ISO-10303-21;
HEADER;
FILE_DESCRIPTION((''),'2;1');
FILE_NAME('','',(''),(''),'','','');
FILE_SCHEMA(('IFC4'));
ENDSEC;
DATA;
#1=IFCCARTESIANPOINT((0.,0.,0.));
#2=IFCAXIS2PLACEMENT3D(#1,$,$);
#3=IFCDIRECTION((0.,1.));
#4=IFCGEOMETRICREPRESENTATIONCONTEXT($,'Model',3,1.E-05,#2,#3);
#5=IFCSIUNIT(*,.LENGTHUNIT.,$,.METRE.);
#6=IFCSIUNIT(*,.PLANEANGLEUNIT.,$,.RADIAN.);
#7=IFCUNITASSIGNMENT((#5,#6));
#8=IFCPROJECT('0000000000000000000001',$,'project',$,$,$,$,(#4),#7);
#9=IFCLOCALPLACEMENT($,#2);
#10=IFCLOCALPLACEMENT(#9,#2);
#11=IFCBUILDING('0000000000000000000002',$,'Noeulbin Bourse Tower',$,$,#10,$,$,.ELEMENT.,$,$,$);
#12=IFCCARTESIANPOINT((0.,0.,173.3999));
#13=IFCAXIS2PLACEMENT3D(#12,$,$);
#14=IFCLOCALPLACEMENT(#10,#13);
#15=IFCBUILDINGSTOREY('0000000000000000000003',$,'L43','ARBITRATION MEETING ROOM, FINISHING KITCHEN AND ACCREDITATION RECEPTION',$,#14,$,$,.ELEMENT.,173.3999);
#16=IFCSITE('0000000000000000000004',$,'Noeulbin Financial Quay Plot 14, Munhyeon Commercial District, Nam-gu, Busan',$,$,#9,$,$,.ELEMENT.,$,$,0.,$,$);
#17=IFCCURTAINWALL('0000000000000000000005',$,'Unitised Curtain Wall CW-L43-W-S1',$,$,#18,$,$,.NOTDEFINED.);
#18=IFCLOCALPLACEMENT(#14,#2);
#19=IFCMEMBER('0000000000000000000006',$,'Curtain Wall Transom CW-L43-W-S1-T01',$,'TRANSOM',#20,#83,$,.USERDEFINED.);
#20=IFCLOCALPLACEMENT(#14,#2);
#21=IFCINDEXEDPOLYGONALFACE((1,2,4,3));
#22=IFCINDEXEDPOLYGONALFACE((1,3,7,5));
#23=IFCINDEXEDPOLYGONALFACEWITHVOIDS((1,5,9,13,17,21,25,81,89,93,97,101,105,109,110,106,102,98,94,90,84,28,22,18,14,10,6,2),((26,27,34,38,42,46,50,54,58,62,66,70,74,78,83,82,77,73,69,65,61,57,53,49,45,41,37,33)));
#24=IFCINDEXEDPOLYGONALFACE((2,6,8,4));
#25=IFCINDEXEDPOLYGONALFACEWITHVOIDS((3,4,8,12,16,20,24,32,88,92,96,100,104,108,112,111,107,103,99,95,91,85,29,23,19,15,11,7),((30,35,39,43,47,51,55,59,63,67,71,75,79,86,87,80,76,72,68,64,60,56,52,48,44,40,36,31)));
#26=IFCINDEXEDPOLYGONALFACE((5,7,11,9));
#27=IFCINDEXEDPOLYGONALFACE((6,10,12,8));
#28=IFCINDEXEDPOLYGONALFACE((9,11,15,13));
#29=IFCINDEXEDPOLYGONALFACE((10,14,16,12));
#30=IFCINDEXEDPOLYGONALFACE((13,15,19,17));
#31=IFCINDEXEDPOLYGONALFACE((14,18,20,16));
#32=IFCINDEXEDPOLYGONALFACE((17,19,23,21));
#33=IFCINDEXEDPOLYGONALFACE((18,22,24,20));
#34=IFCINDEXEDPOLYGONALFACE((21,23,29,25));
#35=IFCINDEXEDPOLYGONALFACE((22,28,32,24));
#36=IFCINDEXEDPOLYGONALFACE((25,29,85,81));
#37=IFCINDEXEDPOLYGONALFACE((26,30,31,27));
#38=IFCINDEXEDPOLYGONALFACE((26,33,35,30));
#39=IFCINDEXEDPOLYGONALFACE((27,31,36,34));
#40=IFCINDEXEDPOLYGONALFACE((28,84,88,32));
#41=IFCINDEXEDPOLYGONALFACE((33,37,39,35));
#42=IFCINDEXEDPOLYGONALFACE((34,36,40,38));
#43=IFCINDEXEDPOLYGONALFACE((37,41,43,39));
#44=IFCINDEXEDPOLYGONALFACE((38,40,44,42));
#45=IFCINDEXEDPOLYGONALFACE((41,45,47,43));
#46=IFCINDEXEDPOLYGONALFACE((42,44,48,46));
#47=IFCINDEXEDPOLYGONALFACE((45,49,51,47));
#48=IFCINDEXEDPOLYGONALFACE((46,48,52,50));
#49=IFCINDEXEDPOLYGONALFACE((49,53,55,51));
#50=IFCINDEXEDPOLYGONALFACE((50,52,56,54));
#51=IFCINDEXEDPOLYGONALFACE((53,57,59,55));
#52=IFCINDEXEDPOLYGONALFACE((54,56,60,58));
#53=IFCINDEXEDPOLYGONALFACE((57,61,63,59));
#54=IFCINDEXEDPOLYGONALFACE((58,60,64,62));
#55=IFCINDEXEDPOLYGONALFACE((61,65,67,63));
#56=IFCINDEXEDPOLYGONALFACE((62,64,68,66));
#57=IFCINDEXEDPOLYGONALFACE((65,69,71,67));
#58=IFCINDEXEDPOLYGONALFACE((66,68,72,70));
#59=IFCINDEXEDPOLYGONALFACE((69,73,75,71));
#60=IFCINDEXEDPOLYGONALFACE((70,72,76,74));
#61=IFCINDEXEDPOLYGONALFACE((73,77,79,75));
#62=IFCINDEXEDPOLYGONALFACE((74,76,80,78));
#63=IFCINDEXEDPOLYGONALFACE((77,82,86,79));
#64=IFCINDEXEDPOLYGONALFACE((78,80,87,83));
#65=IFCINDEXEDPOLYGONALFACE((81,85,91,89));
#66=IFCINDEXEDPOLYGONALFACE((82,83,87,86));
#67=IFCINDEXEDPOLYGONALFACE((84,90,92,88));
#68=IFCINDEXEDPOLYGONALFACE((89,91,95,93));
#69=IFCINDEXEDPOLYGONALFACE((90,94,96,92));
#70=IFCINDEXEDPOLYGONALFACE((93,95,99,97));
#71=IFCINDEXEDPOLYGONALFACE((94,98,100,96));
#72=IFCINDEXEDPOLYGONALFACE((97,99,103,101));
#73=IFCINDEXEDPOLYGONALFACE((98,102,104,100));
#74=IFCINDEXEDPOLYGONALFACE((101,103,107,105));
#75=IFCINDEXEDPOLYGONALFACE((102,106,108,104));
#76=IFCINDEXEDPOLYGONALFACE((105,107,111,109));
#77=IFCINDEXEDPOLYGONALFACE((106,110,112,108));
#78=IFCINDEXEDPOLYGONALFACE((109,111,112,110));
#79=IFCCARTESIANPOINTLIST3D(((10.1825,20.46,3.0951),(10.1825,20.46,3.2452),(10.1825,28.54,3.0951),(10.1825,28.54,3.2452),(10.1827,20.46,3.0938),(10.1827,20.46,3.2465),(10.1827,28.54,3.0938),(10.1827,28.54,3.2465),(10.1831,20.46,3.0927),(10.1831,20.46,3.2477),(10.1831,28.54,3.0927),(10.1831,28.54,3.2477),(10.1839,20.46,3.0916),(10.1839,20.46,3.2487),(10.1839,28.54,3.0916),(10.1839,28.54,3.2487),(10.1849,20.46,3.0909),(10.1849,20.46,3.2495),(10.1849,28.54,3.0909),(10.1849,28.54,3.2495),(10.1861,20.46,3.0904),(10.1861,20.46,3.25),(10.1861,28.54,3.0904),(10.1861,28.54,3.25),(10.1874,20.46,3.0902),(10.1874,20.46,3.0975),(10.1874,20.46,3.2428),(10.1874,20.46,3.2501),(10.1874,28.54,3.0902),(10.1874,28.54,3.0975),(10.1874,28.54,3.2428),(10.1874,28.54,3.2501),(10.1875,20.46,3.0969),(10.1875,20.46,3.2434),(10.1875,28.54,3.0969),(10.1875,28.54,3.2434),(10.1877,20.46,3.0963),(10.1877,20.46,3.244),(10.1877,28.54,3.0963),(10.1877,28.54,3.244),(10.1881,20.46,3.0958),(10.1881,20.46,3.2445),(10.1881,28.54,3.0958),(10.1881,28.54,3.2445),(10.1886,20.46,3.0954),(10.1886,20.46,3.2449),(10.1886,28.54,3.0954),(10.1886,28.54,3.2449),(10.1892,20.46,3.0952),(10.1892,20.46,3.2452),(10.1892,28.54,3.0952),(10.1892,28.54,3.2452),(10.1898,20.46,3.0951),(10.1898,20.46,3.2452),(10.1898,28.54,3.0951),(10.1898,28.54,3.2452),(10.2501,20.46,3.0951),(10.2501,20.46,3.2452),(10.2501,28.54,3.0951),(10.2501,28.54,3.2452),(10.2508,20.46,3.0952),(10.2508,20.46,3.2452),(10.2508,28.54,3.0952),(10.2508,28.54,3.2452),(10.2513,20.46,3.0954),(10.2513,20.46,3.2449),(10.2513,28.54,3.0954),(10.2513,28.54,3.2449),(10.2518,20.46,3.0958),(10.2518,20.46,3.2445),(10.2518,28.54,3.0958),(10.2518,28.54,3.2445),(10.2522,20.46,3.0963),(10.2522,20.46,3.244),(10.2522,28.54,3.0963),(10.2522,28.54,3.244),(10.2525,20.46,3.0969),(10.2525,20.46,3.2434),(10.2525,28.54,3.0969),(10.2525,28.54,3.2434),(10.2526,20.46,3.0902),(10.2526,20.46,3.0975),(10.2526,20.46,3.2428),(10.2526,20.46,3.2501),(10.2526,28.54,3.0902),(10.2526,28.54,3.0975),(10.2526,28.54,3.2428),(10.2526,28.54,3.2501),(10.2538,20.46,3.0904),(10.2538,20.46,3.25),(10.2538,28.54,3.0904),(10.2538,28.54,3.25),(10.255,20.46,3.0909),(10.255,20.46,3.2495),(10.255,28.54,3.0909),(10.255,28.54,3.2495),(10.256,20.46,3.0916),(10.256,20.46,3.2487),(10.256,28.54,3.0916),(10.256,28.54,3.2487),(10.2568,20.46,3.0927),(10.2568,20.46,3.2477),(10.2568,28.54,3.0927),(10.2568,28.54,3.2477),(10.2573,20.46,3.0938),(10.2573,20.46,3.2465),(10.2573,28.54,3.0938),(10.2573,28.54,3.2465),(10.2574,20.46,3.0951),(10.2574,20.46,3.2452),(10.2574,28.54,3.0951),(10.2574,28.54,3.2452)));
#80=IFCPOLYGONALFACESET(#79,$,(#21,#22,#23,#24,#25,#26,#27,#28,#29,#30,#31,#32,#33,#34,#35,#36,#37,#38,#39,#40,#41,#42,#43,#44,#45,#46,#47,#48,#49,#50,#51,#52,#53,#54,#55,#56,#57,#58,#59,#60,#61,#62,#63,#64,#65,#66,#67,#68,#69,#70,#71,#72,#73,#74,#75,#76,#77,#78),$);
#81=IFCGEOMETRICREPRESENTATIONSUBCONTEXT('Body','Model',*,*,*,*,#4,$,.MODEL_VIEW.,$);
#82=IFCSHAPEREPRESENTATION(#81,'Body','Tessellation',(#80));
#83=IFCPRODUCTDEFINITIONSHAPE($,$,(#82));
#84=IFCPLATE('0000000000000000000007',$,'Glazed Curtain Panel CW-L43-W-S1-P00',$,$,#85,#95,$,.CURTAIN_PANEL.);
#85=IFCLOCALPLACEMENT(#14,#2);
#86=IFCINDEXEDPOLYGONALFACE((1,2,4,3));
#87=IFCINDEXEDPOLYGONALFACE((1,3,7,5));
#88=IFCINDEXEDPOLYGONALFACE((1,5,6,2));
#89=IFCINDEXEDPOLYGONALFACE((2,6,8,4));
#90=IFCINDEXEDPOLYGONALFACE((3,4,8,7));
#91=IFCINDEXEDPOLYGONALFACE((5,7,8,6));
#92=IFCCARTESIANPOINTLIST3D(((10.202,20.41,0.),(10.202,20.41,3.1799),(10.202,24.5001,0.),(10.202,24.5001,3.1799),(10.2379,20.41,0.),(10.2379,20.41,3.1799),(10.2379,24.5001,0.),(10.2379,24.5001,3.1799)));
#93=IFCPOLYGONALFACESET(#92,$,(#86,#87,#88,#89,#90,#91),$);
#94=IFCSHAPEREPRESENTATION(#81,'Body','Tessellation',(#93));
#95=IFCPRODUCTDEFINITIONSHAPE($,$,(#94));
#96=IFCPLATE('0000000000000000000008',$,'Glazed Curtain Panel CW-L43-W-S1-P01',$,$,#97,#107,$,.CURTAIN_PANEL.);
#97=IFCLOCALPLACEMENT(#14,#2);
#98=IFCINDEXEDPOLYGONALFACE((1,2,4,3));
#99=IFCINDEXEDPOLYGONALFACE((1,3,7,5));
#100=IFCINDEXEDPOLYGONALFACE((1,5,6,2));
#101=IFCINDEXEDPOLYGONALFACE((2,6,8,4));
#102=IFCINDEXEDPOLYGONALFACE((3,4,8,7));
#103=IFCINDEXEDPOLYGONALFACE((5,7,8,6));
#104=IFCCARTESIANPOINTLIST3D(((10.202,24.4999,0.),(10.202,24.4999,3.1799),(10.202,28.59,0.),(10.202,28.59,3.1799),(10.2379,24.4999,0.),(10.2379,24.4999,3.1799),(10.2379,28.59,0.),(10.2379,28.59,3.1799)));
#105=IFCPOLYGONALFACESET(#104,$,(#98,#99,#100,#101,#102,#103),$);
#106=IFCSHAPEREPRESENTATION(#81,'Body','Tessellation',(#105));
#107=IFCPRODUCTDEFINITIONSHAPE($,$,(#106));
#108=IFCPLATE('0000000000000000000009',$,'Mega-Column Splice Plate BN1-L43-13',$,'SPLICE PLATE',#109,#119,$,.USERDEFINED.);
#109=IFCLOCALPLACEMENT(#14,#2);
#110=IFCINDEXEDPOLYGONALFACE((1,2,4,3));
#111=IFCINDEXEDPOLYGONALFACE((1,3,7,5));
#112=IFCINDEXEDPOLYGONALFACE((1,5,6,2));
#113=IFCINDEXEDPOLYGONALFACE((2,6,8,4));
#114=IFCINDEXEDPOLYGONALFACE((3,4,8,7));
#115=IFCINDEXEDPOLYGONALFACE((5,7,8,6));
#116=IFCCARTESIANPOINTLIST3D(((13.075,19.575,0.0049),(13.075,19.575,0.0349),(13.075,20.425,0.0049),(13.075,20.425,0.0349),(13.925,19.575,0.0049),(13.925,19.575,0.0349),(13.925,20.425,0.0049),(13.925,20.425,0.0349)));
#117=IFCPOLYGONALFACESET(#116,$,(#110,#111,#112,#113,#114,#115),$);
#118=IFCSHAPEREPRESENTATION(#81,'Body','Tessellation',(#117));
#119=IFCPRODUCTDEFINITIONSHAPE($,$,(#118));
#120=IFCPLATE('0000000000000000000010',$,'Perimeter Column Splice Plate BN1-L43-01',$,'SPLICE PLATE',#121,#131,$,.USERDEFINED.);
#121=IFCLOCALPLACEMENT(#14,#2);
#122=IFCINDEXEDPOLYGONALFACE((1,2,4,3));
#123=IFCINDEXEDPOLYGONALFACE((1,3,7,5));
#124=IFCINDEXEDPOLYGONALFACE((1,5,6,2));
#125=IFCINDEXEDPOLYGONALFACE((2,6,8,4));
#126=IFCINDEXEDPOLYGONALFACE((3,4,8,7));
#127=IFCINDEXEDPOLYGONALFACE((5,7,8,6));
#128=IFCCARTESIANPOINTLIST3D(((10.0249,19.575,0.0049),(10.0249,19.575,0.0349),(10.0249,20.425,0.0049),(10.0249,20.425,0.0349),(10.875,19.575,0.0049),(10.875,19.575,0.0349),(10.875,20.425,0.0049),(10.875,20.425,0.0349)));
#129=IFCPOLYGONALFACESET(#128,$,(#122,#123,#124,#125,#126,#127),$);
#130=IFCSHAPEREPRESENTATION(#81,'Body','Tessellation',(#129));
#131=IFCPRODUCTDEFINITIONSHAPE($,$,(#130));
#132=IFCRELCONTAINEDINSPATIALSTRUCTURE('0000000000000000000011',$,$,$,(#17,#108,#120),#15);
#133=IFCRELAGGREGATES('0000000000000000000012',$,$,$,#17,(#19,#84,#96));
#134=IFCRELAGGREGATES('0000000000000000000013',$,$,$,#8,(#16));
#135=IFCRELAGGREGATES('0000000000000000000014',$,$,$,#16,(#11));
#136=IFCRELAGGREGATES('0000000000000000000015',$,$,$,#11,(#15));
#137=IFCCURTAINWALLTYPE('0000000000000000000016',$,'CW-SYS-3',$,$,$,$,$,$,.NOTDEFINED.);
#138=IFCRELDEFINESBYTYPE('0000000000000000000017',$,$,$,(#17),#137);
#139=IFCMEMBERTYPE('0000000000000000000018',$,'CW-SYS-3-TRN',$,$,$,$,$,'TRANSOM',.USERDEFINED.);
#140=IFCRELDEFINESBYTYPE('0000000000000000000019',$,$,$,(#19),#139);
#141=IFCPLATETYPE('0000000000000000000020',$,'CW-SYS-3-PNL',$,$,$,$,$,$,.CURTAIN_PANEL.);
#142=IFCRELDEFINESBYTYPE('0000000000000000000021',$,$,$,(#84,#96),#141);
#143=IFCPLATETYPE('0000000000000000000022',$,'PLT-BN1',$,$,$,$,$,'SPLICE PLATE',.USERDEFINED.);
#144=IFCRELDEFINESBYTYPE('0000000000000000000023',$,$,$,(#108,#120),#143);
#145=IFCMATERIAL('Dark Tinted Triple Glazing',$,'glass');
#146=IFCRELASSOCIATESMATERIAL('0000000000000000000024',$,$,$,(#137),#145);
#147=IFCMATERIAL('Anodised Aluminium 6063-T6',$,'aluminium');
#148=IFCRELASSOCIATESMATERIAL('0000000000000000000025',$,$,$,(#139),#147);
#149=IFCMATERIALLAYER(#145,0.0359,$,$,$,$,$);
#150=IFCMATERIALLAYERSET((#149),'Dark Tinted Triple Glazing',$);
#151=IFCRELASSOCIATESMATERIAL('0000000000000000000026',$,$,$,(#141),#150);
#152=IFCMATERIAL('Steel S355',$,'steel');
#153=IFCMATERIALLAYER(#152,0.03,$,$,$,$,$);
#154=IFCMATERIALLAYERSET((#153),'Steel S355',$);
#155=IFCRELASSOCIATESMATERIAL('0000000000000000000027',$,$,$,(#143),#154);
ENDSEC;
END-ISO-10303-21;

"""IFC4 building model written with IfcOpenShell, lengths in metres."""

from ifc_helpers import new_model, si_unit, direction, frame, origin, origin_2d, place, context, subcontext, project, spatial, rectangle, hollow_rectangle, extrude, material, layer, layer_set, material_profile, profile_set, type_object, element, aggregate, save


model = new_model("IFC4")

# Units and contexts
model_context = context("Model", 3, precision=1e-05, world=origin(), true_north=direction((0.0, 1.0)))
body_context = subcontext(model_context, "Body", "Model", "MODEL_VIEW")
ifc_project = project(units=[si_unit("LENGTHUNIT", "METRE"), si_unit("PLANEANGLEUNIT", "RADIAN")], contexts=[model_context])

# Site, building, storey
site_placement = place(None, origin())
site = spatial("IfcSite", under=ifc_project, at=site_placement, Name="Noeulbin Financial Quay Plot 14, Munhyeon Commercial District, Nam-gu, Busan", CompositionType="ELEMENT", RefElevation=0.0)
building_placement = place(site_placement, origin())
building = spatial("IfcBuilding", under=site, at=building_placement, Name="Noeulbin Bourse Tower", CompositionType="ELEMENT")
storey_placement = place(building_placement, frame((0.0, 0.0, 173.3999)))
storey = spatial("IfcBuildingStorey", under=building, at=storey_placement, Name="L43", Description="ARBITRATION MEETING ROOM, FINISHING KITCHEN AND ACCREDITATION RECEPTION", CompositionType="ELEMENT", Elevation=173.3999)

# Shared definitions
ifc_material_1 = material(Name="Steel S355", Category="steel")

# Curtain wall, member, plates
ifc_material_2 = material(Name="Dark Tinted Triple Glazing", Category="glass")
curtain_wall_type = type_object("IfcCurtainWallType", Name="CW-SYS-3", PredefinedType="NOTDEFINED", material=ifc_material_2)
curtain_wall_placement = place(storey_placement, origin())
curtain_wall = element("IfcCurtainWall", 1, at=curtain_wall_placement, inside=storey, type_object=curtain_wall_type, Name="Unitised Curtain Wall CW-L43-W-S1", PredefinedType="NOTDEFINED")
ifc_material_3 = material(Name="Anodised Aluminium 6063-T6", Category="aluminium")
ifc_material_profile_1 = material_profile(ifc_material_3, hollow_rectangle(XDim=0.075, YDim=0.1599, WallThickness=0.0049, InnerFilletRadius=0.0024, OuterFilletRadius=0.0049, at=origin_2d()), Name="ALU-TRAN-75x160x5", Category="LoadBearing")
ifc_profile_set_1 = profile_set([ifc_material_profile_1], Name="Anodised Aluminium 6063-T6")
member_type_1 = type_object("IfcMemberType", Name="CW-SYS-3-TRN", ElementType="TRANSOM", PredefinedType="USERDEFINED", material=ifc_profile_set_1)
member_1_placement = place(storey_placement, frame((10.22, 20.46, 3.1702), z_axis=(0.0, 1.0, 0.0), x_axis=(-1.0, 0.0, 0.0)))
member_1 = element("IfcMember", 2, at=member_1_placement, type_object=member_type_1, Name="Curtain Wall Transom CW-L43-W-S1-T01", ObjectType="TRANSOM", PredefinedType="USERDEFINED", context=body_context, shape_type="SweptSolid", body=[
    extrude(hollow_rectangle(XDim=0.075, YDim=0.1599, WallThickness=0.0049, InnerFilletRadius=0.0024, OuterFilletRadius=0.0049, at=origin_2d()), origin(), (0.0, 0.0, 1.0), 8.0801),
])
ifc_layer_1 = layer(ifc_material_2, 0.0359)
ifc_layer_set_1 = layer_set([ifc_layer_1], Name="Dark Tinted Triple Glazing")
plate_type_1 = type_object("IfcPlateType", Name="CW-SYS-3-PNL", PredefinedType="CURTAIN_PANEL", material=ifc_layer_set_1)
plate_1_placement = place(storey_placement, frame((10.22, 22.4551, 0.0), z_axis=(0.0, 0.0, 1.0), x_axis=(0.0, 1.0, 0.0)))
plate_1 = element("IfcPlate", 3, at=plate_1_placement, type_object=plate_type_1, Name="Glazed Curtain Panel CW-L43-W-S1-P00", PredefinedType="CURTAIN_PANEL", context=body_context, shape_type="SweptSolid", body=[
    extrude(rectangle(XDim=4.0901, YDim=0.0359, at=origin_2d()), origin(), (0.0, 0.0, 1.0), 3.1799),
])
plate_2_placement = place(storey_placement, frame((10.22, 26.5449, 0.0), z_axis=(0.0, 0.0, 1.0), x_axis=(0.0, 1.0, 0.0)))
plate_2 = element("IfcPlate", 4, at=plate_2_placement, type_object=plate_type_1, Name="Glazed Curtain Panel CW-L43-W-S1-P01", PredefinedType="CURTAIN_PANEL", context=body_context, shape_type="SweptSolid", body=[
    extrude(rectangle(XDim=4.0901, YDim=0.0359, at=origin_2d()), origin(), (0.0, 0.0, 1.0), 3.1799),
])
aggregate(curtain_wall, [member_1, plate_1, plate_2])

# Plates
ifc_layer_2 = layer(ifc_material_1, 0.03)
ifc_layer_set_2 = layer_set([ifc_layer_2], Name="Steel S355")
plate_type_2 = type_object("IfcPlateType", Name="PLT-BN1", ElementType="SPLICE PLATE", PredefinedType="USERDEFINED", material=ifc_layer_set_2)
for number, where, z_axis, x_axis, name in (
    (5, (13.5, 20.0, 0.0049), (0.0, 0.0, 1.0), (1.0, 0.0, 0.0), "Mega-Column Splice Plate BN1-L43-13"),
    (6, (10.45, 20.0, 0.0049), (0.0, 0.0, 1.0), (1.0, 0.0, 0.0), "Perimeter Column Splice Plate BN1-L43-01"),
):
    element("IfcPlate", number, at=place(storey_placement, frame(where, z_axis=z_axis, x_axis=x_axis)), inside=storey, type_object=plate_type_2, Name=name, ObjectType="SPLICE PLATE", PredefinedType="USERDEFINED", context=body_context, shape_type="SweptSolid", body=[
        extrude(rectangle(XDim=0.8501, YDim=0.8501, at=origin_2d()), origin(), (0.0, 0.0, 1.0), 0.03),
    ])

save(model, "model.ifc")
